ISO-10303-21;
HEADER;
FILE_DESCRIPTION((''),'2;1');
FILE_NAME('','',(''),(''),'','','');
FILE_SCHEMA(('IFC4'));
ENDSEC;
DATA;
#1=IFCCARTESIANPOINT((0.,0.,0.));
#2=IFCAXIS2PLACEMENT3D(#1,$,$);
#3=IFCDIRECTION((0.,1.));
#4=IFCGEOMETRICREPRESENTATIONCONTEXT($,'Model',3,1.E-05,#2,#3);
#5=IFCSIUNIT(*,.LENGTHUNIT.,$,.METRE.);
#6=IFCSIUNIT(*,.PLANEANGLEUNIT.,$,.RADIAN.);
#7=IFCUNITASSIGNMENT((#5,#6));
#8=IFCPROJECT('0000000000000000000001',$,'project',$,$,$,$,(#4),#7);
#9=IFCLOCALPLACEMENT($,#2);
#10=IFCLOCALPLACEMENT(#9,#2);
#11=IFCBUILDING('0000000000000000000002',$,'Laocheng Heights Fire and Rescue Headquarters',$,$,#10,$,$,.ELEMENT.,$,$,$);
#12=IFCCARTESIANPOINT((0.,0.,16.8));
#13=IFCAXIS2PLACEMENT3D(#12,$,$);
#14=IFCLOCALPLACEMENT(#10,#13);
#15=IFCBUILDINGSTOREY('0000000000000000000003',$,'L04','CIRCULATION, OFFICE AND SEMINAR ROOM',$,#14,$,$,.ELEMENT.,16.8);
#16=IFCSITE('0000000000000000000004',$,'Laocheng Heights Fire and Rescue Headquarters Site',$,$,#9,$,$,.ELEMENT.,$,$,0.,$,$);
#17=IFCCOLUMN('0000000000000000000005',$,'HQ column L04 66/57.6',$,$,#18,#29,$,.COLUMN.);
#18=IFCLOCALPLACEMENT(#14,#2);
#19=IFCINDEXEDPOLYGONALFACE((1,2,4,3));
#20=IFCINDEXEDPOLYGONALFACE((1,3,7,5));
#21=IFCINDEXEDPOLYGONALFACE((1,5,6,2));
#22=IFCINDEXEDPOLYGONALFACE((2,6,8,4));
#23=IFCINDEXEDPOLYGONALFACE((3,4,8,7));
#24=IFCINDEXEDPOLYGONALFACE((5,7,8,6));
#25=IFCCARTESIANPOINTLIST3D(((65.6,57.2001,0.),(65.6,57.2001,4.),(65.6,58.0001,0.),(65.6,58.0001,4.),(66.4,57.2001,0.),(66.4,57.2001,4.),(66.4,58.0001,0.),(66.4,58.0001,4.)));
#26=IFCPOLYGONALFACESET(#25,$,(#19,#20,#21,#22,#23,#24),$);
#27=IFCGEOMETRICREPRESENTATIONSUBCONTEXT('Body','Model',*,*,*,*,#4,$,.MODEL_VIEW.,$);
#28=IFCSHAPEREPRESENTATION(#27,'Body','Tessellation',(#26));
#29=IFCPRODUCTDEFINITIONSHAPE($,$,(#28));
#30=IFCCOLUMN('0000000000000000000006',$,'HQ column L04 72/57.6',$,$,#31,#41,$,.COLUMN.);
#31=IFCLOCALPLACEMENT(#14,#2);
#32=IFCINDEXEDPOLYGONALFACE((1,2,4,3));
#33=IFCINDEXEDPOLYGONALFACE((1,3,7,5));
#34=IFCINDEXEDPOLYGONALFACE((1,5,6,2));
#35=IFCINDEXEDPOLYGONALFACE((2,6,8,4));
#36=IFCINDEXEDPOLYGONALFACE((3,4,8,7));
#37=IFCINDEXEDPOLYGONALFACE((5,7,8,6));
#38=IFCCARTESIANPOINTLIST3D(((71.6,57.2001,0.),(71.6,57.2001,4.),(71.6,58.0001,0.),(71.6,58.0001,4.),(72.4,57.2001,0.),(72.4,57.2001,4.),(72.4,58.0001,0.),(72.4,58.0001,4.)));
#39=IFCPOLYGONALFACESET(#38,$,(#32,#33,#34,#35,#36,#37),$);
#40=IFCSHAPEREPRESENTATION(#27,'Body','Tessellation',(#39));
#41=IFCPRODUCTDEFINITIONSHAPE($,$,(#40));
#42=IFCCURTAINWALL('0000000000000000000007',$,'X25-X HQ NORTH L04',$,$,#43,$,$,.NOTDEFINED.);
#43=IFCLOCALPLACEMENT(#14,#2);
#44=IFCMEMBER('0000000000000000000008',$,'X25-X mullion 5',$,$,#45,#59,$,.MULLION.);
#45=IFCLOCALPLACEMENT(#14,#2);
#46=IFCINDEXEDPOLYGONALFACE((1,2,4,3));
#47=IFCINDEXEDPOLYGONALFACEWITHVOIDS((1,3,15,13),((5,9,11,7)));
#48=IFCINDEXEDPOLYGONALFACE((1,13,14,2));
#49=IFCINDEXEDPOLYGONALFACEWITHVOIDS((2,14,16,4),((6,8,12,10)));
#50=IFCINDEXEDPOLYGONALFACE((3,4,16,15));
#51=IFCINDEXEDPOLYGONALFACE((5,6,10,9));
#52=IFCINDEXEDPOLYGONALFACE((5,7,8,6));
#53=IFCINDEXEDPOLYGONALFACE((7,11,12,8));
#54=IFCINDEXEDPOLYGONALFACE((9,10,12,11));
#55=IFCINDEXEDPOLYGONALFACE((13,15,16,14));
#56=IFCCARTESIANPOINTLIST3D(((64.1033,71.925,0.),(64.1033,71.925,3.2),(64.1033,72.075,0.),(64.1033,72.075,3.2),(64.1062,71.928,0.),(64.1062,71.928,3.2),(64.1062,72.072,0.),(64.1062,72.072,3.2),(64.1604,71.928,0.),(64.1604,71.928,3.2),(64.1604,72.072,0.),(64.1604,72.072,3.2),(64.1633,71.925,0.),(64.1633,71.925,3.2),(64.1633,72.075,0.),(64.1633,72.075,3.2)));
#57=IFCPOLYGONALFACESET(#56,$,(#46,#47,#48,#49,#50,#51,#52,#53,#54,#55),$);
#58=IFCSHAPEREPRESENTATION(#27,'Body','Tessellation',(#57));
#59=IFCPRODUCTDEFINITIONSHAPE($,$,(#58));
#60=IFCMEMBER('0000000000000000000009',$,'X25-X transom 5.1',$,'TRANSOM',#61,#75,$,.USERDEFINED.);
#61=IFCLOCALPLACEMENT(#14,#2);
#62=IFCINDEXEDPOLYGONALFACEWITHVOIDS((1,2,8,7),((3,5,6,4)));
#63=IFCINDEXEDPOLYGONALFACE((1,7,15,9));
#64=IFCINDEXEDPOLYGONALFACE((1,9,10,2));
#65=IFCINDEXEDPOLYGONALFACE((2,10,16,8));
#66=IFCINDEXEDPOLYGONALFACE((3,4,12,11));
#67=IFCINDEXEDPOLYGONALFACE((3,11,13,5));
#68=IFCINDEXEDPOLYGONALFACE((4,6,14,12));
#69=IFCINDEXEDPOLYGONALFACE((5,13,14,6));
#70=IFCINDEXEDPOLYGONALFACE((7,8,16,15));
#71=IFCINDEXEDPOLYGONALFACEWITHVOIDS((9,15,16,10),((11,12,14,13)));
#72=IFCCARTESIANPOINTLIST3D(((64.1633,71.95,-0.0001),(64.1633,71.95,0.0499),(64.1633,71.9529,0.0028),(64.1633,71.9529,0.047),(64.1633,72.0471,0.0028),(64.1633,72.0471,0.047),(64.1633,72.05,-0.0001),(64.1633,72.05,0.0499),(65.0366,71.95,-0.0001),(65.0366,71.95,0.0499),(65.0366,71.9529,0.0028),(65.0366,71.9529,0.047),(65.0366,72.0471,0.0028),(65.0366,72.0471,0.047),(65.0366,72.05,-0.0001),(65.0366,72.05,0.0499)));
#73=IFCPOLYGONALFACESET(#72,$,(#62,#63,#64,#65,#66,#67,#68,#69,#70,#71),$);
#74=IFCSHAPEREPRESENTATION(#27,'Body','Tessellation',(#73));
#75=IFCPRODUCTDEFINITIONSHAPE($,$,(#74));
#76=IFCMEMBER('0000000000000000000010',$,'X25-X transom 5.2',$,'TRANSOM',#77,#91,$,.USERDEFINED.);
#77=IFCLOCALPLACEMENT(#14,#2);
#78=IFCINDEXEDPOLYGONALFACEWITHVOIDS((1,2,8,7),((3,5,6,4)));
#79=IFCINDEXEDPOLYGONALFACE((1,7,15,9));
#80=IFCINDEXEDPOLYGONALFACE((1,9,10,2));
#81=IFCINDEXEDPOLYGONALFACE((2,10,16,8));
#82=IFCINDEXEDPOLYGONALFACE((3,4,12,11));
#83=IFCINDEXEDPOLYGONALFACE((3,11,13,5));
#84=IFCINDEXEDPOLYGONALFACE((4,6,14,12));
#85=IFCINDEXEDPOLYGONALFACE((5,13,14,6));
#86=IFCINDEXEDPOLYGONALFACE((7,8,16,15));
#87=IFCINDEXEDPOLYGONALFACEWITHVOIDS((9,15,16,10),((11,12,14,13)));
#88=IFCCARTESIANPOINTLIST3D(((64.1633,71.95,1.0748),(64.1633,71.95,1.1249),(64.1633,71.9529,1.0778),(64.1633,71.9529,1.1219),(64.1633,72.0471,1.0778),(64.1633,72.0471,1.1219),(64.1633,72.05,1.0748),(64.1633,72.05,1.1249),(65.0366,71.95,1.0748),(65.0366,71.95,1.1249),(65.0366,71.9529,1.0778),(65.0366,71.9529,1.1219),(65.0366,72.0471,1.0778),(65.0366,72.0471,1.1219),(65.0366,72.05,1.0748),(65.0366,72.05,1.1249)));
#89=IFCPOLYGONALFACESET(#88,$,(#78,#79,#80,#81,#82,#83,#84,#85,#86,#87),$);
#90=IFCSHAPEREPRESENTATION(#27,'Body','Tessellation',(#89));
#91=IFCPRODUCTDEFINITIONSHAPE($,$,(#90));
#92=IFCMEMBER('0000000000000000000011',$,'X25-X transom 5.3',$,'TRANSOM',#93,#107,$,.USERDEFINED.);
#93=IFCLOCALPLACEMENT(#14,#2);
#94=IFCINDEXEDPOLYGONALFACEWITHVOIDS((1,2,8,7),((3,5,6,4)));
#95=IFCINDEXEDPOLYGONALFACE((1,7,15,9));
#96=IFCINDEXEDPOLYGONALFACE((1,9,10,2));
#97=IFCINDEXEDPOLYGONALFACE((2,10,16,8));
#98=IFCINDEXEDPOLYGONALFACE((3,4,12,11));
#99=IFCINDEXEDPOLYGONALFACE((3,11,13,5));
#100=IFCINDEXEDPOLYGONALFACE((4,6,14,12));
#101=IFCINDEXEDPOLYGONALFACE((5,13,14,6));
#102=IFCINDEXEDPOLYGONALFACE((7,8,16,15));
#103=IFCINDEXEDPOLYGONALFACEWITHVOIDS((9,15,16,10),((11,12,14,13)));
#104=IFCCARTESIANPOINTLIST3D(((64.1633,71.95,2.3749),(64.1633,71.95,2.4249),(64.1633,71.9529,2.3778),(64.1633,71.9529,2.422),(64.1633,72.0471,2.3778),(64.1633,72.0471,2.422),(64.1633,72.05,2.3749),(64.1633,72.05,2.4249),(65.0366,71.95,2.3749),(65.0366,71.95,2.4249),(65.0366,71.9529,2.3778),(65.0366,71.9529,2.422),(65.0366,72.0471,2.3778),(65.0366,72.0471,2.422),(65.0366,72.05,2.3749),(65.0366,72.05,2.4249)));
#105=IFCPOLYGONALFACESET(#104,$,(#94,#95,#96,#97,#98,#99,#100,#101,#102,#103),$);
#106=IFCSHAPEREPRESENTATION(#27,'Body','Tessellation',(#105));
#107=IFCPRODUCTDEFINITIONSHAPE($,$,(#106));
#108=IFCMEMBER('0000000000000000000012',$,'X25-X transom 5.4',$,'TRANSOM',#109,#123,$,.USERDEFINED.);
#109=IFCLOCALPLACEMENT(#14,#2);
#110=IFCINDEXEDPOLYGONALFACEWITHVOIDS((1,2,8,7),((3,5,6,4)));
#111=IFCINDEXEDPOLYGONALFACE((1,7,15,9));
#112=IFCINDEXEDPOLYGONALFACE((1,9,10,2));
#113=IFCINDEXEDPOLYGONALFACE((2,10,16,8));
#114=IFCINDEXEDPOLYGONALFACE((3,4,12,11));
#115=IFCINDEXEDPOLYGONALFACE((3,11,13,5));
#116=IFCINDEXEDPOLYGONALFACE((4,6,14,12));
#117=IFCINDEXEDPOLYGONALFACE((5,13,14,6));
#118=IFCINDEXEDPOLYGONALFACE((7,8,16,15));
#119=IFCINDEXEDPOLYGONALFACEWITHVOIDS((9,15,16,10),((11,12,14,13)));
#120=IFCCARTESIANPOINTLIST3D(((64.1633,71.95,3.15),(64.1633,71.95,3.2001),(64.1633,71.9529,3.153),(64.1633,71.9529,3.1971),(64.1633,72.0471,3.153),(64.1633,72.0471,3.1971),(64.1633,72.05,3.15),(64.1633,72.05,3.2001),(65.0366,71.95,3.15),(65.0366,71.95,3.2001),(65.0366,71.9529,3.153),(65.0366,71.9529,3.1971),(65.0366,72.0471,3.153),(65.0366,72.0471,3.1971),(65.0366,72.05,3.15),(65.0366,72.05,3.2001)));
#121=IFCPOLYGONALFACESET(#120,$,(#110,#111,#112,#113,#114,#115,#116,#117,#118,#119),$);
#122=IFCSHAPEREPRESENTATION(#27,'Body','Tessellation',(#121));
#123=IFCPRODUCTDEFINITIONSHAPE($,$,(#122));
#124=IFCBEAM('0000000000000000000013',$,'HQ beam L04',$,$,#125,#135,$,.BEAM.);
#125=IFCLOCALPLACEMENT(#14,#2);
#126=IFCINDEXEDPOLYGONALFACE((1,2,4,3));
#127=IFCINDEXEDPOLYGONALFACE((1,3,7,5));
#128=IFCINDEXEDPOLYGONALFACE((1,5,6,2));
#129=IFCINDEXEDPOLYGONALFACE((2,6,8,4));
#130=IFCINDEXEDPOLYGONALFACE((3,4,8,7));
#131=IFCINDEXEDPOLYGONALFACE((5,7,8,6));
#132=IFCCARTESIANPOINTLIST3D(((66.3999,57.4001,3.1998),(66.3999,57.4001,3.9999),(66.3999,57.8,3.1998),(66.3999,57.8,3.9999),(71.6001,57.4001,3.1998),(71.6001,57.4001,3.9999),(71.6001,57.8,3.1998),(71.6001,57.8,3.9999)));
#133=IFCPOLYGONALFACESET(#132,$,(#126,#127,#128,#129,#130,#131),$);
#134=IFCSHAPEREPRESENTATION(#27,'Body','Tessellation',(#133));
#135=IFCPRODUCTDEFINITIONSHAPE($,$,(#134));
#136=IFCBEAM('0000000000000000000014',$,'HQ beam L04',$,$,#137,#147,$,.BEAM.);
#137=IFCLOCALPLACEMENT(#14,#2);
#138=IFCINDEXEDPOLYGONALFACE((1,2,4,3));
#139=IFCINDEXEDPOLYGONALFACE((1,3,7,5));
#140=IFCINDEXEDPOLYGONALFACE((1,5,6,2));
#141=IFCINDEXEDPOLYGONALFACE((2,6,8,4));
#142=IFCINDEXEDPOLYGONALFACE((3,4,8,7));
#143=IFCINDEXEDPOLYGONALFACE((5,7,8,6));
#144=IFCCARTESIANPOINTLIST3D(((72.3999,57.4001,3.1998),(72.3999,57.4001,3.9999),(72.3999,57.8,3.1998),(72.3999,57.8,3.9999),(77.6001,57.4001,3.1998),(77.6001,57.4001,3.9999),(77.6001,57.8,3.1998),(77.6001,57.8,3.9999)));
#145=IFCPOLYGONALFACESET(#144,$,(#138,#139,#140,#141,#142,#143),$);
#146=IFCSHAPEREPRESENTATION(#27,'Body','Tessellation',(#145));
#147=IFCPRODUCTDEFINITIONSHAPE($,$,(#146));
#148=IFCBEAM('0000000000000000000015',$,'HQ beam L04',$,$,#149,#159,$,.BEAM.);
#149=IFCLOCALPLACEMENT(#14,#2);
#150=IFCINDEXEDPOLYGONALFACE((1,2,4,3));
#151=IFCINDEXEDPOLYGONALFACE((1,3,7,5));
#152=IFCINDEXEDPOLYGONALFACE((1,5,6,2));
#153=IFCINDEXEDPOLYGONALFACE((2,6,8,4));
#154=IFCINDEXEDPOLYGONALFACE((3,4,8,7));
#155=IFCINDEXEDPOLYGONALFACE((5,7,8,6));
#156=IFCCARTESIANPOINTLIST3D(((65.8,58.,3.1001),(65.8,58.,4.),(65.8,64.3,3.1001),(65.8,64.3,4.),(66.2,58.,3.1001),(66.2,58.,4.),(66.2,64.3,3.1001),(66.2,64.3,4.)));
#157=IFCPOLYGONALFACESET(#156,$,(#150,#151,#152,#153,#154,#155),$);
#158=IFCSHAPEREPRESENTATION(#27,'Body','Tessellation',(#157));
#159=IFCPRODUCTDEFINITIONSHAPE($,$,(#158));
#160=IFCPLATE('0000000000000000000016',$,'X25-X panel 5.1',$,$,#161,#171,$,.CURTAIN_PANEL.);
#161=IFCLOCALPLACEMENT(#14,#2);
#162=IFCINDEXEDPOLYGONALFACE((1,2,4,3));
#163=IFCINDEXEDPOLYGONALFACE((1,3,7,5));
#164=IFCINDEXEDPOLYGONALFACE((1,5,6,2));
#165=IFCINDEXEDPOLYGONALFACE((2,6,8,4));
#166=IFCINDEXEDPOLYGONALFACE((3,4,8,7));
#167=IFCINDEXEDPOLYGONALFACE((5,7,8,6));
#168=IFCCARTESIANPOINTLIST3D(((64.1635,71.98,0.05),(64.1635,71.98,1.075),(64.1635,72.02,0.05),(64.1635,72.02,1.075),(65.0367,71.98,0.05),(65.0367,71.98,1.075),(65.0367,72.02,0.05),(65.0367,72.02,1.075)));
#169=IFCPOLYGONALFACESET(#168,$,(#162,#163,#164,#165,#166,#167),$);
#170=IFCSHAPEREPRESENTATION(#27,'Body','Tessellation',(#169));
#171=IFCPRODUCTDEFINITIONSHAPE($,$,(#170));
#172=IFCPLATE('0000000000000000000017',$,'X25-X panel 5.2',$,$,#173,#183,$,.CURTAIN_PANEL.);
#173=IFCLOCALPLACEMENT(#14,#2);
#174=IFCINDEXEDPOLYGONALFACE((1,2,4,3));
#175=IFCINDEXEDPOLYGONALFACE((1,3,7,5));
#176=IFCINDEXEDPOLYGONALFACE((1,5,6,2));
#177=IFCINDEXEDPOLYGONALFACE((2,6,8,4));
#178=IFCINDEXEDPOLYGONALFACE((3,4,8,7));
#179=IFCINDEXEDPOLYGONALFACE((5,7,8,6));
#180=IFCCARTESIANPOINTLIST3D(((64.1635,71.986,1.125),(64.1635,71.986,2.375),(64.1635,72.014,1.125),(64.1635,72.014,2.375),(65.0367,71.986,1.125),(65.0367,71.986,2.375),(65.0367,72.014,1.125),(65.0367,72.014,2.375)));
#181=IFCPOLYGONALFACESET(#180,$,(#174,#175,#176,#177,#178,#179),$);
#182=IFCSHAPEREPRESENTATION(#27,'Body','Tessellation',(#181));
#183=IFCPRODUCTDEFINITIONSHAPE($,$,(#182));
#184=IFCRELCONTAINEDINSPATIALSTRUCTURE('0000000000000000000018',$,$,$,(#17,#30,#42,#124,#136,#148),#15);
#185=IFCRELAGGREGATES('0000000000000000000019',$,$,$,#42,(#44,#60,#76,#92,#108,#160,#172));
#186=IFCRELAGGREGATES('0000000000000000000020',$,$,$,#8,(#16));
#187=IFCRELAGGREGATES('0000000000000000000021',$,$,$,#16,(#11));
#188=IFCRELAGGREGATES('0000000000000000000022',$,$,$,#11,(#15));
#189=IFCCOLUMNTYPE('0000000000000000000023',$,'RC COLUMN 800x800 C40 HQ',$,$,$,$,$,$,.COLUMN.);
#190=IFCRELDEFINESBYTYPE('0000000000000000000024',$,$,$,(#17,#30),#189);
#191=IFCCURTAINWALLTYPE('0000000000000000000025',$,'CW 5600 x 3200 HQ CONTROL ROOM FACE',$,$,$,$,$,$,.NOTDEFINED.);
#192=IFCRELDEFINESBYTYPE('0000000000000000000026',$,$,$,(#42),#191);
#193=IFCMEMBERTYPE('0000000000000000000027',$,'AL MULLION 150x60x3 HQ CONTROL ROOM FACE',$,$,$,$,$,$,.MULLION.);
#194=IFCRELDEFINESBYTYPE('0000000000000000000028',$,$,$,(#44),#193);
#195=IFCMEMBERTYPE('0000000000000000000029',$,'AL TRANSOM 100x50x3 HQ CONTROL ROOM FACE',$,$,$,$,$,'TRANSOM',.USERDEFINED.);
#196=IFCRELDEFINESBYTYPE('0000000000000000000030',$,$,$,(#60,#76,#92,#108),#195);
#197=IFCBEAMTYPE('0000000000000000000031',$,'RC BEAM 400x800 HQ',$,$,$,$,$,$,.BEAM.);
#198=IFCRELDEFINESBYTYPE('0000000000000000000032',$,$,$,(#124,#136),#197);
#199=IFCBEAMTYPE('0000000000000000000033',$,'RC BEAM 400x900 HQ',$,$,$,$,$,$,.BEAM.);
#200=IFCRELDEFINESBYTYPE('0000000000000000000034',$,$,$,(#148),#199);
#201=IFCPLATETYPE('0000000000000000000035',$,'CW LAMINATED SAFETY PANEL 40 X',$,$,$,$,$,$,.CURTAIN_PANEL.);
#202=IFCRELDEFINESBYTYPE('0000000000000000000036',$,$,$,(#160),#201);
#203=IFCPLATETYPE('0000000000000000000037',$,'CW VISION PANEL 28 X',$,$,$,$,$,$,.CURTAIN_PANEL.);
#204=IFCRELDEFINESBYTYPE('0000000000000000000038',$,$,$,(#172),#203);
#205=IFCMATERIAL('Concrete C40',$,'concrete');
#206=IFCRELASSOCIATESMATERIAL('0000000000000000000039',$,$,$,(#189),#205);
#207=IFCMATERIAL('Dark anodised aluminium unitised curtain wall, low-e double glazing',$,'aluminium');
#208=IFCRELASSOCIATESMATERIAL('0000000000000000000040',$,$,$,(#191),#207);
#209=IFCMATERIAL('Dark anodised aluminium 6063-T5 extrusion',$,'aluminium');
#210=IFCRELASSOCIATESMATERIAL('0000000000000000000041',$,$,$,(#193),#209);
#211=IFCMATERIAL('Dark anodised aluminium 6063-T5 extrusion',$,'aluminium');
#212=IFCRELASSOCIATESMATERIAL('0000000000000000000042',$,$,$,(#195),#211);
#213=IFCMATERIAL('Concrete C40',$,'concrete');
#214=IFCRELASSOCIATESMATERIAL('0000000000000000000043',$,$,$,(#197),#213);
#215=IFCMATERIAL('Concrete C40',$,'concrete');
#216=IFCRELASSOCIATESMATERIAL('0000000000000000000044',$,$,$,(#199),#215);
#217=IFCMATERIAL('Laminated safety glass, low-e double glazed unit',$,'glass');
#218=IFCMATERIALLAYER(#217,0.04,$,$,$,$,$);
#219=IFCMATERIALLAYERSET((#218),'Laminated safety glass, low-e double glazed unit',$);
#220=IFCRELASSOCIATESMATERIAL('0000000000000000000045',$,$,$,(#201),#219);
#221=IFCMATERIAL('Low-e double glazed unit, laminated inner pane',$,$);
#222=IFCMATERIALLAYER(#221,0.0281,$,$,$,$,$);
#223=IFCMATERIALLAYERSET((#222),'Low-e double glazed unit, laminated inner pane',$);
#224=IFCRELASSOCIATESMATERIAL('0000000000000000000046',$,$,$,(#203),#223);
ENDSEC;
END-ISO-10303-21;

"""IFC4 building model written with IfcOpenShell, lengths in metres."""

from ifc_helpers import new_model, si_unit, direction, frame, origin, origin_2d, place, context, subcontext, project, spatial, rectangle, hollow_rectangle, extrude, material, layer, layer_set, material_profile, profile_set, type_object, element, aggregate, save


model = new_model("IFC4")

# Units and contexts
model_context = context("Model", 3, precision=1e-05, world=origin(), true_north=direction((0.0, 1.0)))
body_context = subcontext(model_context, "Body", "Model", "MODEL_VIEW")
ifc_project = project(units=[si_unit("LENGTHUNIT", "METRE"), si_unit("PLANEANGLEUNIT", "RADIAN")], contexts=[model_context])

# Site, building, storey
site_placement = place(None, origin())
site = spatial("IfcSite", under=ifc_project, at=site_placement, Name="Laocheng Heights Fire and Rescue Headquarters Site", CompositionType="ELEMENT", RefElevation=0.0)
building_placement = place(site_placement, origin())
building = spatial("IfcBuilding", under=site, at=building_placement, Name="Laocheng Heights Fire and Rescue Headquarters", CompositionType="ELEMENT")
storey_placement = place(building_placement, frame((0.0, 0.0, 16.8)))
storey = spatial("IfcBuildingStorey", under=building, at=storey_placement, Name="L04", Description="CIRCULATION, OFFICE AND SEMINAR ROOM", CompositionType="ELEMENT", Elevation=16.8)

# Columns
ifc_material_1 = material(Name="Concrete C40", Category="concrete")
ifc_material_profile_1 = material_profile(ifc_material_1, rectangle(XDim=0.8, YDim=0.8, at=origin_2d()), Name="RC COLUMN 800x800 C40 HQ")
ifc_profile_set_1 = profile_set([ifc_material_profile_1], Name="Concrete C40")
column_type = type_object("IfcColumnType", Name="RC COLUMN 800x800 C40 HQ", PredefinedType="COLUMN", material=ifc_profile_set_1)
for number, where, z_axis, x_axis, name in (
    (1, (66.0, 57.6001, 0.0), (0.0, 0.0, 1.0), (1.0, 0.0, 0.0), "HQ column L04 66/57.6"),
    (2, (72.0, 57.6001, 0.0), (0.0, 0.0, 1.0), (1.0, 0.0, 0.0), "HQ column L04 72/57.6"),
):
    element("IfcColumn", number, at=place(storey_placement, frame(where, z_axis=z_axis, x_axis=x_axis)), inside=storey, type_object=column_type, Name=name, PredefinedType="COLUMN", context=body_context, shape_type="SweptSolid", body=[
        extrude(rectangle(XDim=0.8, YDim=0.8, at=origin_2d()), origin(), (0.0, 0.0, 1.0), 4.0),
    ])

# Curtain wall, members
ifc_material_2 = material(Name="Dark anodised aluminium unitised curtain wall, low-e double glazing", Category="aluminium")
curtain_wall_type = type_object("IfcCurtainWallType", Name="CW 5600 x 3200 HQ CONTROL ROOM FACE", PredefinedType="NOTDEFINED", material=ifc_material_2)
curtain_wall_placement = place(storey_placement, origin())
curtain_wall = element("IfcCurtainWall", 3, at=curtain_wall_placement, inside=storey, type_object=curtain_wall_type, Name="X25-X HQ NORTH L04", PredefinedType="NOTDEFINED")
ifc_material_3 = material(Name="Dark anodised aluminium 6063-T5 extrusion", Category="aluminium")
ifc_material_profile_2 = material_profile(ifc_material_3, hollow_rectangle(XDim=0.1499, YDim=0.0601, WallThickness=0.0029, at=origin_2d()), Name="AL MULLION 150x60x3 HQ CONTROL ROOM FACE")
ifc_profile_set_2 = profile_set([ifc_material_profile_2], Name="Dark anodised aluminium 6063-T5 extrusion")
member_type_1 = type_object("IfcMemberType", Name="AL MULLION 150x60x3 HQ CONTROL ROOM FACE", PredefinedType="MULLION", material=ifc_profile_set_2)
member_1_placement = place(storey_placement, frame((64.1333, 72.0, 0.0), z_axis=(0.0, 0.0, 1.0), x_axis=(0.0, 1.0, 0.0)))
member_1 = element("IfcMember", 4, at=member_1_placement, type_object=member_type_1, Name="X25-X mullion 5", PredefinedType="MULLION", context=body_context, shape_type="SweptSolid", body=[
    extrude(hollow_rectangle(XDim=0.1499, YDim=0.0601, WallThickness=0.0029, at=origin_2d()), origin(), (0.0, 0.0, 1.0), 3.2),
])
ifc_material_4 = material(Name="Dark anodised aluminium 6063-T5 extrusion", Category="aluminium")
ifc_material_profile_3 = material_profile(ifc_material_4, hollow_rectangle(XDim=0.1001, YDim=0.05, WallThickness=0.0029, at=origin_2d()), Name="AL TRANSOM 100x50x3 HQ CONTROL ROOM FACE")
ifc_profile_set_3 = profile_set([ifc_material_profile_3], Name="Dark anodised aluminium 6063-T5 extrusion")
member_type_2 = type_object("IfcMemberType", Name="AL TRANSOM 100x50x3 HQ CONTROL ROOM FACE", ElementType="TRANSOM", PredefinedType="USERDEFINED", material=ifc_profile_set_3)
member_2_placement = place(storey_placement, frame((64.1633, 72.0, 0.0249), z_axis=(1.0, 0.0, 0.0), x_axis=(0.0, 1.0, 0.0)))
member_2 = element("IfcMember", 5, at=member_2_placement, type_object=member_type_2, Name="X25-X transom 5.1", ObjectType="TRANSOM", PredefinedType="USERDEFINED", context=body_context, shape_type="SweptSolid", body=[
    extrude(hollow_rectangle(XDim=0.1001, YDim=0.05, WallThickness=0.0029, at=origin_2d()), origin(), (0.0, 0.0, 1.0), 0.8733),
])
member_3_placement = place(storey_placement, frame((64.1633, 72.0, 1.0999), z_axis=(1.0, 0.0, 0.0), x_axis=(0.0, 1.0, 0.0)))
member_3 = element("IfcMember", 6, at=member_3_placement, type_object=member_type_2, Name="X25-X transom 5.2", ObjectType="TRANSOM", PredefinedType="USERDEFINED", context=body_context, shape_type="SweptSolid", body=[
    extrude(hollow_rectangle(XDim=0.1001, YDim=0.05, WallThickness=0.0029, at=origin_2d()), origin(), (0.0, 0.0, 1.0), 0.8733),
])
member_4_placement = place(storey_placement, frame((64.1633, 72.0, 2.3999), z_axis=(1.0, 0.0, 0.0), x_axis=(0.0, 1.0, 0.0)))
member_4 = element("IfcMember", 7, at=member_4_placement, type_object=member_type_2, Name="X25-X transom 5.3", ObjectType="TRANSOM", PredefinedType="USERDEFINED", context=body_context, shape_type="SweptSolid", body=[
    extrude(hollow_rectangle(XDim=0.1001, YDim=0.05, WallThickness=0.0029, at=origin_2d()), origin(), (0.0, 0.0, 1.0), 0.8733),
])
member_5_placement = place(storey_placement, frame((64.1633, 72.0, 3.175), z_axis=(1.0, 0.0, 0.0), x_axis=(0.0, 1.0, 0.0)))
member_5 = element("IfcMember", 8, at=member_5_placement, type_object=member_type_2, Name="X25-X transom 5.4", ObjectType="TRANSOM", PredefinedType="USERDEFINED", context=body_context, shape_type="SweptSolid", body=[
    extrude(hollow_rectangle(XDim=0.1001, YDim=0.05, WallThickness=0.0029, at=origin_2d()), origin(), (0.0, 0.0, 1.0), 0.8733),
])

# Beams
ifc_material_5 = material(Name="Concrete C40", Category="concrete")
ifc_material_profile_4 = material_profile(ifc_material_5, rectangle(XDim=0.3999, YDim=0.8, at=origin_2d()), Name="RC BEAM 400x800 HQ")
ifc_profile_set_4 = profile_set([ifc_material_profile_4], Name="Concrete C40")
beam_type_1 = type_object("IfcBeamType", Name="RC BEAM 400x800 HQ", PredefinedType="BEAM", material=ifc_profile_set_4)
for number, where, z_axis, x_axis, name in (
    (9, (66.3999, 57.6001, 3.5999), (1.0, 0.0, 0.0), (0.0, 1.0, 0.0), "HQ beam L04"),
    (10, (72.3999, 57.6001, 3.5999), (1.0, 0.0, 0.0), (0.0, 1.0, 0.0), "HQ beam L04"),
):
    element("IfcBeam", number, at=place(storey_placement, frame(where, z_axis=z_axis, x_axis=x_axis)), inside=storey, type_object=beam_type_1, Name=name, PredefinedType="BEAM", context=body_context, shape_type="SweptSolid", body=[
        extrude(rectangle(XDim=0.3999, YDim=0.8, at=origin_2d()), origin(), (0.0, 0.0, 1.0), 5.2002),
    ])
ifc_material_6 = material(Name="Concrete C40", Category="concrete")
ifc_material_profile_5 = material_profile(ifc_material_6, rectangle(XDim=0.3999, YDim=0.8999, at=origin_2d()), Name="RC BEAM 400x900 HQ")
ifc_profile_set_5 = profile_set([ifc_material_profile_5], Name="Concrete C40")
beam_type_2 = type_object("IfcBeamType", Name="RC BEAM 400x900 HQ", PredefinedType="BEAM", material=ifc_profile_set_5)
beam_placement = place(storey_placement, frame((66.0, 58.0, 3.55), z_axis=(0.0, 1.0, 0.0), x_axis=(-1.0, 0.0, 0.0)))
element("IfcBeam", 11, at=beam_placement, inside=storey, type_object=beam_type_2, Name="HQ beam L04", PredefinedType="BEAM", context=body_context, shape_type="SweptSolid", body=[
    extrude(rectangle(XDim=0.3999, YDim=0.8999, at=origin_2d()), origin(), (0.0, 0.0, 1.0), 6.3),
])

# Plates
ifc_material_7 = material(Name="Laminated safety glass, low-e double glazed unit", Category="glass")
ifc_layer_1 = layer(ifc_material_7, 0.04)
ifc_layer_set_1 = layer_set([ifc_layer_1], Name="Laminated safety glass, low-e double glazed unit")
plate_type_1 = type_object("IfcPlateType", Name="CW LAMINATED SAFETY PANEL 40 X", PredefinedType="CURTAIN_PANEL", material=ifc_layer_set_1)
plate_1_placement = place(storey_placement, frame((64.6001, 72.0, 0.05), z_axis=(0.0, 0.0, 1.0), x_axis=(1.0, 0.0, 0.0)))
plate_1 = element("IfcPlate", 12, at=plate_1_placement, type_object=plate_type_1, Name="X25-X panel 5.1", PredefinedType="CURTAIN_PANEL", context=body_context, shape_type="SweptSolid", body=[
    extrude(rectangle(XDim=0.8733, YDim=0.04, at=origin_2d()), origin(), (0.0, 0.0, 1.0), 1.0249),
])
ifc_material_8 = material(Name="Low-e double glazed unit, laminated inner pane")
ifc_layer_2 = layer(ifc_material_8, 0.0281)
ifc_layer_set_2 = layer_set([ifc_layer_2], Name="Low-e double glazed unit, laminated inner pane")
plate_type_2 = type_object("IfcPlateType", Name="CW VISION PANEL 28 X", PredefinedType="CURTAIN_PANEL", material=ifc_layer_set_2)
plate_2_placement = place(storey_placement, frame((64.6001, 72.0, 1.125), z_axis=(0.0, 0.0, 1.0), x_axis=(1.0, 0.0, 0.0)))
plate_2 = element("IfcPlate", 13, at=plate_2_placement, type_object=plate_type_2, Name="X25-X panel 5.2", PredefinedType="CURTAIN_PANEL", context=body_context, shape_type="SweptSolid", body=[
    extrude(rectangle(XDim=0.8733, YDim=0.0281, at=origin_2d()), origin(), (0.0, 0.0, 1.0), 1.25),
])
aggregate(curtain_wall, [member_1, member_2, member_3, member_4, member_5, plate_1, plate_2])

save(model, "model.ifc")
